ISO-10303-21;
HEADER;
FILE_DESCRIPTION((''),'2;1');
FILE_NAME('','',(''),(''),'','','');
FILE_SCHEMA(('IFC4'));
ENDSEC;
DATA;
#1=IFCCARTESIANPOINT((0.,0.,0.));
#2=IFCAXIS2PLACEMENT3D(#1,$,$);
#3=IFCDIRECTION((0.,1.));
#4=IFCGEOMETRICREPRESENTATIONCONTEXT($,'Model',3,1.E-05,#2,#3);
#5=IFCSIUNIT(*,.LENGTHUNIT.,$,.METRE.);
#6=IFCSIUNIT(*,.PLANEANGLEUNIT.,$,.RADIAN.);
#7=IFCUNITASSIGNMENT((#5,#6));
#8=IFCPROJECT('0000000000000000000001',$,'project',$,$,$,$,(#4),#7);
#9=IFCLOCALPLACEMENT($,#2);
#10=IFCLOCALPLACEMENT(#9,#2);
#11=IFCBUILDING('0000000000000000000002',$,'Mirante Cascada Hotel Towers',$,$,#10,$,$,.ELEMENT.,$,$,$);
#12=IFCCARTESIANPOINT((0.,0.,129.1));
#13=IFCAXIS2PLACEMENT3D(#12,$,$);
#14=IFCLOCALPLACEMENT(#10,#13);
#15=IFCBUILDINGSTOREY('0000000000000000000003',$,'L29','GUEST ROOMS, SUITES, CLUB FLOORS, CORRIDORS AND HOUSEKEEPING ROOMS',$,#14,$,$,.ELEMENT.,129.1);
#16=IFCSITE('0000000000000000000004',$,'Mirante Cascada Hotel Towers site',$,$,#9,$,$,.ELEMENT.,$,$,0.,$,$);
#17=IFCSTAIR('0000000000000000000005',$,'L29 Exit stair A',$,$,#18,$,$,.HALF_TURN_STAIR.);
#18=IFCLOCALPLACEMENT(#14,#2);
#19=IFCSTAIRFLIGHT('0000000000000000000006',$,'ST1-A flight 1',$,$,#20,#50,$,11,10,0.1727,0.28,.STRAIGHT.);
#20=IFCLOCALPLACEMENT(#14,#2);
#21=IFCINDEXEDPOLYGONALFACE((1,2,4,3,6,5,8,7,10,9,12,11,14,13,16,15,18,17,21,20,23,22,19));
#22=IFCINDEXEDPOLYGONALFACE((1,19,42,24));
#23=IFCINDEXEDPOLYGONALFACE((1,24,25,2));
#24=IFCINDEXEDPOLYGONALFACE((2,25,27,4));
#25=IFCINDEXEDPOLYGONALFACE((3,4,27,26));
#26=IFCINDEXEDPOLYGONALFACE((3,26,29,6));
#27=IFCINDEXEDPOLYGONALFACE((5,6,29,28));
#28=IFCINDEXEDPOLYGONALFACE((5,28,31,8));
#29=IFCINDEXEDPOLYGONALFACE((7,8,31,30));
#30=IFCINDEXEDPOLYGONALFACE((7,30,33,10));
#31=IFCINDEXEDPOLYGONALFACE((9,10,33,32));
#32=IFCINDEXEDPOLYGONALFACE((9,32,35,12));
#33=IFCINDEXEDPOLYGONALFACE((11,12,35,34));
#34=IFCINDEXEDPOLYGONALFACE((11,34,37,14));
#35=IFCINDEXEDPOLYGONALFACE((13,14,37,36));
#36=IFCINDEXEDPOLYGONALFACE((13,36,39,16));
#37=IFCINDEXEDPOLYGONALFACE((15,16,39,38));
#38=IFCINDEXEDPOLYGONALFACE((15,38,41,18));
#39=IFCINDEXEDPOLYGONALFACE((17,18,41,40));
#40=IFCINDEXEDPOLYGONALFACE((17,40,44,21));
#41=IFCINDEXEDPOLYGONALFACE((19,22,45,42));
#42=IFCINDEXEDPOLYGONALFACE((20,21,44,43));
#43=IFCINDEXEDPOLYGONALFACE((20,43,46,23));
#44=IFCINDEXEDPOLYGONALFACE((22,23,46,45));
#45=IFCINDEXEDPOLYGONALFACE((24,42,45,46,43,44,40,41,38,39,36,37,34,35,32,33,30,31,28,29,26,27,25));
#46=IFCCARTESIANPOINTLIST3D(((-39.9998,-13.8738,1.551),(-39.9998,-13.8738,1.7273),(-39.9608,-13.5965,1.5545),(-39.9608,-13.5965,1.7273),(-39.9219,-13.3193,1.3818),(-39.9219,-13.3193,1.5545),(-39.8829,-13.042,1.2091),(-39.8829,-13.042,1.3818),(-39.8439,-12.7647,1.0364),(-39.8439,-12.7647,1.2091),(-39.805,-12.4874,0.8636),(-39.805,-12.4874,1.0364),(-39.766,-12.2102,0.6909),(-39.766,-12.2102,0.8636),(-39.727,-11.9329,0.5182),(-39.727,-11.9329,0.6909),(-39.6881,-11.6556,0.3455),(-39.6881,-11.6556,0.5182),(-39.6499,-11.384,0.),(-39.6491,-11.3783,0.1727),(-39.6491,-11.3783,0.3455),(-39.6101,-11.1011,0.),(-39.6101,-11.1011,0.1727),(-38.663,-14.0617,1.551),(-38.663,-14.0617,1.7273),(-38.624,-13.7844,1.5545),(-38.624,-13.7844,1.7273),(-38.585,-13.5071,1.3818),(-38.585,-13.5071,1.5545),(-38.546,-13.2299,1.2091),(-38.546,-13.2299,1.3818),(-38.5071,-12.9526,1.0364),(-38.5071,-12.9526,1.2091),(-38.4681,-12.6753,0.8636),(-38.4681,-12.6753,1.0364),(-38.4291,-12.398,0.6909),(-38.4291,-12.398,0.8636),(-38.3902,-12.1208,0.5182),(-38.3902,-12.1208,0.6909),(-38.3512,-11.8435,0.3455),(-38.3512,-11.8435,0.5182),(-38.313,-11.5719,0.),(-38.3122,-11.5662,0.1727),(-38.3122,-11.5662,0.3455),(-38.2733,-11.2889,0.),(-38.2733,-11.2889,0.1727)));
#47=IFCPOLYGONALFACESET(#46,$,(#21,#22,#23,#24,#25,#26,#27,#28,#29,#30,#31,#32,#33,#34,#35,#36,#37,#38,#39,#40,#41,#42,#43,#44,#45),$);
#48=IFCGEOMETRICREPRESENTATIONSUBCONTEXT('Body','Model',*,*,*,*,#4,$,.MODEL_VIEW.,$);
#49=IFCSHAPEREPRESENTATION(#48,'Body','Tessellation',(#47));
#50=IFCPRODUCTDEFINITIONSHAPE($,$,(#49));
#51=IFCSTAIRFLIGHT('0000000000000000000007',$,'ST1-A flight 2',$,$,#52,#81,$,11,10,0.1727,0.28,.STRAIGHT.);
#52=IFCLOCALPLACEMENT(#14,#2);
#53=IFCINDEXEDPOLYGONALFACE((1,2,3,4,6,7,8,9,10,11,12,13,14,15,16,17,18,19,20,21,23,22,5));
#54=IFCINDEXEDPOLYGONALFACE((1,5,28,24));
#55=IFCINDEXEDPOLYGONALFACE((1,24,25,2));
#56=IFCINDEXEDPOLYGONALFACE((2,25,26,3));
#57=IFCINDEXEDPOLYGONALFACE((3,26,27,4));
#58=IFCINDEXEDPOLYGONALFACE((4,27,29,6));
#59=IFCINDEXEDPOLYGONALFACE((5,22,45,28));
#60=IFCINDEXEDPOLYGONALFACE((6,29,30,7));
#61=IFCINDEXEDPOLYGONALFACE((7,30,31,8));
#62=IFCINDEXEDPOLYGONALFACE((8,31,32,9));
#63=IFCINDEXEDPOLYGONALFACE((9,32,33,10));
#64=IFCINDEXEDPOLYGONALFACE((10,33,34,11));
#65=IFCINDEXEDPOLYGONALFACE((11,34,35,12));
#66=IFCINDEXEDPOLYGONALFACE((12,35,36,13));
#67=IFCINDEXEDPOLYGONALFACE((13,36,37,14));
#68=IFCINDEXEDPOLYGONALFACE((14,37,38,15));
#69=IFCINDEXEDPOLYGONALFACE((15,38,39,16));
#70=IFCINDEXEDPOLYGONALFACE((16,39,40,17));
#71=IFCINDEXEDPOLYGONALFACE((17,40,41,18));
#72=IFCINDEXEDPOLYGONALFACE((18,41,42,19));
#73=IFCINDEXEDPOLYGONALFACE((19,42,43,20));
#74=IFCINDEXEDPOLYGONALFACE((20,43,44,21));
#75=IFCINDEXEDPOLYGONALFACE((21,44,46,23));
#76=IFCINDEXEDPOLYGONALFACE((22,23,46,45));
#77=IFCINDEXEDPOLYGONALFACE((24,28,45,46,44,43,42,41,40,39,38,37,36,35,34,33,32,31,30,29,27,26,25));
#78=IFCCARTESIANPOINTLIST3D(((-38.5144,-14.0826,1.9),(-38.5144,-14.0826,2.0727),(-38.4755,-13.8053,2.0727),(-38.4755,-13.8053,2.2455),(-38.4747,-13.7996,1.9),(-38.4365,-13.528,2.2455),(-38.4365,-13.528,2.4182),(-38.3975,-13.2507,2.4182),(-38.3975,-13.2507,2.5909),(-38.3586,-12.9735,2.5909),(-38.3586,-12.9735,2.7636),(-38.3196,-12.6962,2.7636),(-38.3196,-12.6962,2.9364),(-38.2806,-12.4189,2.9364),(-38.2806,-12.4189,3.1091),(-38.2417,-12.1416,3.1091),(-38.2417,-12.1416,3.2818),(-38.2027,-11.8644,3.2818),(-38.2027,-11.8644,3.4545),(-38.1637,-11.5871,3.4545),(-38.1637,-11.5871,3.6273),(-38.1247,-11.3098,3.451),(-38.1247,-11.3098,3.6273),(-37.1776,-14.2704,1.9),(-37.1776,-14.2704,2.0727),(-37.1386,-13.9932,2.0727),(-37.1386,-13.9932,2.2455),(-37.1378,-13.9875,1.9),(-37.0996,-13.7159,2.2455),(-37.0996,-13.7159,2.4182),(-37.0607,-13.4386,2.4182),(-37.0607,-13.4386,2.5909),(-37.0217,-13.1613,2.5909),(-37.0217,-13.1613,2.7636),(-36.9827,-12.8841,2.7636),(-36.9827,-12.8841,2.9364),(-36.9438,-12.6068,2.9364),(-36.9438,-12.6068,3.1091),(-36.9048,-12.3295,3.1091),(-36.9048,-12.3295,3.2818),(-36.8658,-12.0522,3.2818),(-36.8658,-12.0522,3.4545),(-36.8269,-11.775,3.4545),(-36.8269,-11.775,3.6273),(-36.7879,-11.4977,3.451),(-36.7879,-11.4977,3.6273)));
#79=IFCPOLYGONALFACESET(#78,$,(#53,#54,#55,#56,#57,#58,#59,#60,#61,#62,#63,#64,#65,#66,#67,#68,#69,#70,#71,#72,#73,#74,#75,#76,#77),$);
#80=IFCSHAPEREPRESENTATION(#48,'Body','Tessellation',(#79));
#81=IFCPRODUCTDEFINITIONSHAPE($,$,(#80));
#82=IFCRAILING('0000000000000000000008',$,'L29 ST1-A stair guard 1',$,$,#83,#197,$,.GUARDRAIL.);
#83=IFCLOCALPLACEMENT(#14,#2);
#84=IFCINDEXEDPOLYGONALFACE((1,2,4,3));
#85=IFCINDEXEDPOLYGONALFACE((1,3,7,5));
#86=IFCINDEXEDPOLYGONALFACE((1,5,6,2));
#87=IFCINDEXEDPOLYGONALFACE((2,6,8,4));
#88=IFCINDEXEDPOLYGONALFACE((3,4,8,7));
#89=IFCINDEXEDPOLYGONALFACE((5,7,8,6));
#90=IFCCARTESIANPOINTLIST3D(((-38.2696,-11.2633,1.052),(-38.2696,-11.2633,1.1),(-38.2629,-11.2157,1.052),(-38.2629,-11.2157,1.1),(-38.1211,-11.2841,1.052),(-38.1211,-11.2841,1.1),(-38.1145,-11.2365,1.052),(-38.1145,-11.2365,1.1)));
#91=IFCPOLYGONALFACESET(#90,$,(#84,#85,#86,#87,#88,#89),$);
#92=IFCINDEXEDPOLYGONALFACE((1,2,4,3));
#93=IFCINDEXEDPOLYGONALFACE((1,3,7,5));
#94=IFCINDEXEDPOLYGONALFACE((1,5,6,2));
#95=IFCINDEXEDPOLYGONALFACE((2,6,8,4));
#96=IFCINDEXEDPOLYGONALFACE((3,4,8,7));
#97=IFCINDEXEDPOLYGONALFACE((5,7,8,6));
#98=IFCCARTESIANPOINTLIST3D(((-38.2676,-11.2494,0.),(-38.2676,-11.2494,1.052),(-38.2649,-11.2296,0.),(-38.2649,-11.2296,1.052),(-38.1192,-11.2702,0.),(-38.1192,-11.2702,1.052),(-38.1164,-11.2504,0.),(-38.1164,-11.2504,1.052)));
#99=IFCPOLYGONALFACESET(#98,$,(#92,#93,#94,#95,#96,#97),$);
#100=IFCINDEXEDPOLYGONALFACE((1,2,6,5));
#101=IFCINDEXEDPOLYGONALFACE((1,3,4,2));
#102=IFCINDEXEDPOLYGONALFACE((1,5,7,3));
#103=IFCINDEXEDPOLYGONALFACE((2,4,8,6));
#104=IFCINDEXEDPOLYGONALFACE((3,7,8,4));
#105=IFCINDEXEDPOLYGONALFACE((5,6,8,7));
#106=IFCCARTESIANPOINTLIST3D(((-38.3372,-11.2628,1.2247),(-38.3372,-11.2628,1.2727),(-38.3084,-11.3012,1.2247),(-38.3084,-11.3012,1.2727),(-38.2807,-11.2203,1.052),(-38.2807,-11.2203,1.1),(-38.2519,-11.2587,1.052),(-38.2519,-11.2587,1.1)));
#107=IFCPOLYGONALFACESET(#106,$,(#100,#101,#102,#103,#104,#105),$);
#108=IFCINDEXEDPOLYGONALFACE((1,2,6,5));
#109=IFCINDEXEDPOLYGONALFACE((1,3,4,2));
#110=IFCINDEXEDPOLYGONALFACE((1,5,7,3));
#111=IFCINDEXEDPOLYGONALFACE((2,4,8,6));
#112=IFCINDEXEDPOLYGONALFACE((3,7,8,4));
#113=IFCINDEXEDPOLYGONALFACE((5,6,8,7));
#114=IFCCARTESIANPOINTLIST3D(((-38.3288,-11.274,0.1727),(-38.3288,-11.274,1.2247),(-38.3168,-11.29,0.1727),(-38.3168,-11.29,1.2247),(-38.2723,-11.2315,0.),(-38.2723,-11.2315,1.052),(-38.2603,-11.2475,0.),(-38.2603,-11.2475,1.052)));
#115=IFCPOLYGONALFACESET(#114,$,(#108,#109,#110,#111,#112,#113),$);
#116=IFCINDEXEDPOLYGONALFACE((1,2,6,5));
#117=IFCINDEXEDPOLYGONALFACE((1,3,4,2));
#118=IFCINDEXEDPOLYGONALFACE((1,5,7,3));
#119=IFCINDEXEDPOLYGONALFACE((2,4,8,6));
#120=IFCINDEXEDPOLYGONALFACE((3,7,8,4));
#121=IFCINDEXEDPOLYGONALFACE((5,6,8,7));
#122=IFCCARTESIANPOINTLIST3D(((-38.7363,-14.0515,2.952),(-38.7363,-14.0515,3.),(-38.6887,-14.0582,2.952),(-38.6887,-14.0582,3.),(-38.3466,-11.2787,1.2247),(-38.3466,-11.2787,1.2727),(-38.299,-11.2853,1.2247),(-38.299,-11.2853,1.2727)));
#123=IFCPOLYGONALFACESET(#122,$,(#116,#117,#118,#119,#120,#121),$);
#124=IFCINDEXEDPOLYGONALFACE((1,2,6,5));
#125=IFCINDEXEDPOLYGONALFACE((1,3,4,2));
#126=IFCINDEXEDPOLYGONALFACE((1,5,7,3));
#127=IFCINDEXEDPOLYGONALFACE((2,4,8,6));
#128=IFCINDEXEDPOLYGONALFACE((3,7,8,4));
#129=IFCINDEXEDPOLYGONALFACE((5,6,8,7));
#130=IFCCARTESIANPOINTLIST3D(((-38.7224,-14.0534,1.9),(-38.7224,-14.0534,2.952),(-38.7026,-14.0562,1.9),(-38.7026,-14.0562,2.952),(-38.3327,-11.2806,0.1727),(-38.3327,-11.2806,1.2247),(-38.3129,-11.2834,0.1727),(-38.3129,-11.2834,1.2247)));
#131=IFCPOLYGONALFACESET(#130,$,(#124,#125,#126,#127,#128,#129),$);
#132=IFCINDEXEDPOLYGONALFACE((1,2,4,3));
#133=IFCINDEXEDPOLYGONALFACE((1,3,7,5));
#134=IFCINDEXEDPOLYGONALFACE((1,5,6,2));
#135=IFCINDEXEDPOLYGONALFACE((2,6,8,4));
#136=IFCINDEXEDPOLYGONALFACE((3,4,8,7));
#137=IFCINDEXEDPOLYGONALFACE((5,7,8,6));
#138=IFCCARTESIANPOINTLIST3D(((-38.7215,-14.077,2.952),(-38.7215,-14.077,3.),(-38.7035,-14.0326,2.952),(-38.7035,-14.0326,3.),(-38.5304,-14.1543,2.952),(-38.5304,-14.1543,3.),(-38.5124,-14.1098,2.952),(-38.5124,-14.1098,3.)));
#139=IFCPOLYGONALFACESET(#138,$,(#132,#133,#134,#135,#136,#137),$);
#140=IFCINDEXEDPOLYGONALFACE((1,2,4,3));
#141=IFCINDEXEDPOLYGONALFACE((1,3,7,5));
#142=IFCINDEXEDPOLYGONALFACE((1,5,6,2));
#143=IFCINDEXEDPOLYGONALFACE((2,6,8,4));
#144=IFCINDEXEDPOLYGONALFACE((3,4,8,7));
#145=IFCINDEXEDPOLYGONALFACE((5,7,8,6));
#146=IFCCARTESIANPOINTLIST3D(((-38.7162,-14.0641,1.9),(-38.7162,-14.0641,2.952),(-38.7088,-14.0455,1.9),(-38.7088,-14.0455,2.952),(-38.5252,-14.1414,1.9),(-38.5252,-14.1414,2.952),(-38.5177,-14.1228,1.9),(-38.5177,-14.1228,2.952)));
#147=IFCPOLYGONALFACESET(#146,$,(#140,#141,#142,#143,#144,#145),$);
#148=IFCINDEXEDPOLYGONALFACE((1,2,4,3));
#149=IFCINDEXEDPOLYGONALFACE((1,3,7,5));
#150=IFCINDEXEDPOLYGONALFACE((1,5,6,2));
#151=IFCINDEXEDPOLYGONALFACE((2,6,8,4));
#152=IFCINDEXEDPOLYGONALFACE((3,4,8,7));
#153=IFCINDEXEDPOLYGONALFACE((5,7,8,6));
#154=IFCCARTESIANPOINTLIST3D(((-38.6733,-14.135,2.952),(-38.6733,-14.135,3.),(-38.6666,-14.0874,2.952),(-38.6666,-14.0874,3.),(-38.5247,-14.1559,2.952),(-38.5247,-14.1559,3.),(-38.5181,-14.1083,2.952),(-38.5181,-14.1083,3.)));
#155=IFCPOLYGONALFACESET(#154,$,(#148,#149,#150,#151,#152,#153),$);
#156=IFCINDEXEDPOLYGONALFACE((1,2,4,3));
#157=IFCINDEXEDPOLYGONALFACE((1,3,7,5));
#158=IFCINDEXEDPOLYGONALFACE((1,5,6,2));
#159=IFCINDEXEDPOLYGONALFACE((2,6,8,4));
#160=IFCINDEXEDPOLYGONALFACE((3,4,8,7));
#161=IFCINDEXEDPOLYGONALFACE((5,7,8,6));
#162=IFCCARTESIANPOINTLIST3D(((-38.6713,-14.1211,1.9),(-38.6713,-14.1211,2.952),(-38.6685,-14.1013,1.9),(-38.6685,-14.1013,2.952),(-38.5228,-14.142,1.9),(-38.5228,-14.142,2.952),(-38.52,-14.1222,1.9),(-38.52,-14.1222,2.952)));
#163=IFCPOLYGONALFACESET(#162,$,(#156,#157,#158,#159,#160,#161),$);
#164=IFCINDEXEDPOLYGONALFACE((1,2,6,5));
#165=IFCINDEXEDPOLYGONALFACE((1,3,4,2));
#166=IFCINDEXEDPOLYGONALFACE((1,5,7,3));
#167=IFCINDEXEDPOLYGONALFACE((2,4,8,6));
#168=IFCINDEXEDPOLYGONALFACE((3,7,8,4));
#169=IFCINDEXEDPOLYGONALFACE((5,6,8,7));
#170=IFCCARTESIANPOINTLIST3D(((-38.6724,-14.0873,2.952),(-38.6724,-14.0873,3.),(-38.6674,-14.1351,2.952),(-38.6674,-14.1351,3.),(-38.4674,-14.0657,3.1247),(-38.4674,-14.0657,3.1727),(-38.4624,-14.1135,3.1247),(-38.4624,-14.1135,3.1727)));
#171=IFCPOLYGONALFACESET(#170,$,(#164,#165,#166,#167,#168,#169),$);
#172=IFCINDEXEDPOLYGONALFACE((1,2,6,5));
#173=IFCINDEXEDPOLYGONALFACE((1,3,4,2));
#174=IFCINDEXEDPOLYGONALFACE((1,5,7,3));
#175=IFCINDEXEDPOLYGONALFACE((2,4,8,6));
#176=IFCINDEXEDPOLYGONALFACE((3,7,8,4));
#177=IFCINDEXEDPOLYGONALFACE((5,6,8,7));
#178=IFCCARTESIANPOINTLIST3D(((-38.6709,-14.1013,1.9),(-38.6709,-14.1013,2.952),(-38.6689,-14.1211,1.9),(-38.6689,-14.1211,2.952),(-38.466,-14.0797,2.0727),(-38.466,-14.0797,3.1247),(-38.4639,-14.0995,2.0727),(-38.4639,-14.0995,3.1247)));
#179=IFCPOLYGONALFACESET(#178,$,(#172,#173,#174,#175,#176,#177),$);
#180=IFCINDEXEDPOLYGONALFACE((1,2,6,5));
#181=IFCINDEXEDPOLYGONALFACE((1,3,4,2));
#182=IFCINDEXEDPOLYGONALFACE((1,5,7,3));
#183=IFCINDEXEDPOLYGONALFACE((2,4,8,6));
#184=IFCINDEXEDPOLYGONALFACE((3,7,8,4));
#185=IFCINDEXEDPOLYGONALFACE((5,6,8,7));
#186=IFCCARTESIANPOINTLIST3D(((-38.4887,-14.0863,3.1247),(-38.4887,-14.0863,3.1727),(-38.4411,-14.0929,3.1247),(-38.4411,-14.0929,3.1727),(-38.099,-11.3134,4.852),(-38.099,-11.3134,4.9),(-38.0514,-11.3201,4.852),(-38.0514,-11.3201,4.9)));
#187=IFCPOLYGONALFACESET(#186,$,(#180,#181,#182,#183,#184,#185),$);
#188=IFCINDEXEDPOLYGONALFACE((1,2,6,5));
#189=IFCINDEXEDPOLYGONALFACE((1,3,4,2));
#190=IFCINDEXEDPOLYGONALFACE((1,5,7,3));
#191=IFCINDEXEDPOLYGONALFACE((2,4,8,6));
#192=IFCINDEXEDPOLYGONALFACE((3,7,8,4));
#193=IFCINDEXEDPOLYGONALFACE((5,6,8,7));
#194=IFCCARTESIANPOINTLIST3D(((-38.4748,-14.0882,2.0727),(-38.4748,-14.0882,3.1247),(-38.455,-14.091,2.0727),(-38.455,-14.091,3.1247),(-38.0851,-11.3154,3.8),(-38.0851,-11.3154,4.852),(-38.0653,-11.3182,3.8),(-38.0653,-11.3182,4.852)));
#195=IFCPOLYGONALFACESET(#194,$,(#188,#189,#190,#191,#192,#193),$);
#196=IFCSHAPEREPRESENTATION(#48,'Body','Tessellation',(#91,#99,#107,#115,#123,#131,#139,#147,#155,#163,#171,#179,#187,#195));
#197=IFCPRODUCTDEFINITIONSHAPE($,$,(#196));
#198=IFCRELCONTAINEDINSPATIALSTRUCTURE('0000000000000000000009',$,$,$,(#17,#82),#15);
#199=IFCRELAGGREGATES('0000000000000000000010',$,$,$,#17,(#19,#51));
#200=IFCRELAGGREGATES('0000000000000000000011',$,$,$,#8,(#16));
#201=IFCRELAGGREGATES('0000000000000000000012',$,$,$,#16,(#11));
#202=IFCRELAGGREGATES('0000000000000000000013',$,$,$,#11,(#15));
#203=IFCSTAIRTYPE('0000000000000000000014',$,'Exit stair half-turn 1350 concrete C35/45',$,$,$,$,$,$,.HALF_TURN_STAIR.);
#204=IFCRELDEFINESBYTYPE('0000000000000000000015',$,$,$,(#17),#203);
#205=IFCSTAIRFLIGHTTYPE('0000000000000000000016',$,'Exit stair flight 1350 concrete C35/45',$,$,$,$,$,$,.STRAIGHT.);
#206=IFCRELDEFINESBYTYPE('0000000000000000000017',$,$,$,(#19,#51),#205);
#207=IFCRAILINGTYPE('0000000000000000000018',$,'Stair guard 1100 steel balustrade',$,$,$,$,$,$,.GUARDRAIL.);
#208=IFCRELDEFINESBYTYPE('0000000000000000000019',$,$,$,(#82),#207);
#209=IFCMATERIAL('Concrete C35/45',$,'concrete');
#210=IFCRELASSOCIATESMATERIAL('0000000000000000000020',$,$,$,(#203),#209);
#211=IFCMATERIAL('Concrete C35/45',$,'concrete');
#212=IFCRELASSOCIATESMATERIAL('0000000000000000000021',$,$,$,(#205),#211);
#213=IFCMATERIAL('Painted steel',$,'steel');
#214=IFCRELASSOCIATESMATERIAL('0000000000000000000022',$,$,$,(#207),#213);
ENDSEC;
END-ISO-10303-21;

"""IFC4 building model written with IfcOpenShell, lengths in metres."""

from ifc_helpers import new_model, si_unit, direction, frame, origin, origin_2d, place, context, subcontext, project, spatial, polyline, rectangle, outline, extrude, material, type_object, element, aggregate, save


model = new_model("IFC4")

# Units and contexts
model_context = context("Model", 3, precision=1e-05, world=origin(), true_north=direction((0.0, 1.0)))
body_context = subcontext(model_context, "Body", "Model", "MODEL_VIEW")
ifc_project = project(units=[si_unit("LENGTHUNIT", "METRE"), si_unit("PLANEANGLEUNIT", "RADIAN")], contexts=[model_context])

# Site, building, storey
site_placement = place(None, origin())
site = spatial("IfcSite", under=ifc_project, at=site_placement, Name="Mirante Cascada Hotel Towers site", CompositionType="ELEMENT", RefElevation=0.0)
building_placement = place(site_placement, origin())
building = spatial("IfcBuilding", under=site, at=building_placement, Name="Mirante Cascada Hotel Towers", CompositionType="ELEMENT")
storey_placement = place(building_placement, frame((0.0, 0.0, 129.1)))
storey = spatial("IfcBuildingStorey", under=building, at=storey_placement, Name="L29", Description="GUEST ROOMS, SUITES, CLUB FLOORS, CORRIDORS AND HOUSEKEEPING ROOMS", CompositionType="ELEMENT", Elevation=129.1)

# Stair, stair flights
ifc_material_1 = material(Name="Concrete C35/45", Category="concrete")
stair_type = type_object("IfcStairType", Name="Exit stair half-turn 1350 concrete C35/45", PredefinedType="HALF_TURN_STAIR", material=ifc_material_1)
stair_placement = place(storey_placement, origin())
stair = element("IfcStair", 1, at=stair_placement, inside=storey, type_object=stair_type, Name="L29 Exit stair A", PredefinedType="HALF_TURN_STAIR")
ifc_material_2 = material(Name="Concrete C35/45", Category="concrete")
stair_flight_type = type_object("IfcStairFlightType", Name="Exit stair flight 1350 concrete C35/45", PredefinedType="STRAIGHT", material=ifc_material_2)
stair_flight_1_placement = place(storey_placement, frame((-38.9417, -11.195, 0.0), z_axis=(0.0, 0.0, 1.0), x_axis=(-0.139173, -0.990268, 0.0)))
stair_flight_1 = element("IfcStairFlight", 2, at=stair_flight_1_placement, type_object=stair_flight_type, Name="ST1-A flight 1", NumberOfRisers=11, NumberOfTreads=10, PredefinedType="STRAIGHT", RiserHeight=0.1727, TreadLength=0.28, context=body_context, shape_type="SweptSolid", body=[
    extrude(outline(polyline([(0.0, 0.0), (0.0, 0.1727), (0.28, 0.1727), (0.28, 0.3455), (0.56, 0.3455), (0.56, 0.5182), (0.84, 0.5182), (0.84, 0.6909), (1.12, 0.6909), (1.12, 0.8636), (1.4, 0.8636), (1.4, 1.0364), (1.68, 1.0364), (1.68, 1.2091), (1.96, 1.2091), (1.96, 1.3818), (2.24, 1.3818), (2.24, 1.5545), (2.52, 1.5545), (2.52, 1.7273), (2.8, 1.7273), (2.8, 1.9), (2.8, 1.551), (0.2857, 0.0), (0.0, 0.0)])), frame((0.0, 0.675, 0.0), z_axis=(0.0, -1.0, 0.0), x_axis=(1.0, 0.0, 0.0)), (0.0, 0.0, 1.0), 1.35),
])
stair_flight_2_placement = place(storey_placement, frame((-37.846, -14.1765, 1.9), z_axis=(0.0, 0.0, 1.0), x_axis=(0.139173, 0.990268, 0.0)))
stair_flight_2 = element("IfcStairFlight", 3, at=stair_flight_2_placement, type_object=stair_flight_type, Name="ST1-A flight 2", NumberOfRisers=11, NumberOfTreads=10, PredefinedType="STRAIGHT", RiserHeight=0.1727, TreadLength=0.28, context=body_context, shape_type="SweptSolid", body=[
    extrude(outline(polyline([(0.0, 0.0), (0.0, 0.1727), (0.28, 0.1727), (0.28, 0.3455), (0.56, 0.3455), (0.56, 0.5182), (0.84, 0.5182), (0.84, 0.6909), (1.12, 0.6909), (1.12, 0.8636), (1.4, 0.8636), (1.4, 1.0364), (1.68, 1.0364), (1.68, 1.2091), (1.96, 1.2091), (1.96, 1.3818), (2.24, 1.3818), (2.24, 1.5545), (2.52, 1.5545), (2.52, 1.7273), (2.8, 1.7273), (2.8, 1.9), (2.8, 1.551), (0.2857, 0.0), (0.0, 0.0)])), frame((0.0, 0.675, 0.0), z_axis=(0.0, -1.0, 0.0), x_axis=(1.0, 0.0, 0.0)), (0.0, 0.0, 1.0), 1.35),
])
aggregate(stair, [stair_flight_1, stair_flight_2])

# Railing
ifc_material_3 = material(Name="Painted steel", Category="steel")
railing_type_1 = type_object("IfcRailingType", Name="Stair guard 1100 steel balustrade", PredefinedType="GUARDRAIL", material=ifc_material_3)
railing_1_placement = place(storey_placement, frame((-38.1178, -11.2603, 0.0)))
element("IfcRailing", 4, at=railing_1_placement, inside=storey, type_object=railing_type_1, Name="L29 ST1-A stair guard 1", PredefinedType="GUARDRAIL", context=body_context, shape_type="SweptSolid", body=[
    extrude(rectangle(XDim=0.048, YDim=0.048, at=origin_2d()), frame((0.0, 0.0, 1.076), z_axis=(-0.990333, 0.138713, 0.0), x_axis=(-0.138713, -0.990333, 0.0)), (0.0, 0.0, 1.0), 0.1499),
    extrude(rectangle(XDim=0.02, YDim=1.052, at=origin_2d()), frame((0.0, 0.0, 0.526), z_axis=(-0.990333, 0.138713, 0.0), x_axis=(-0.138713, -0.990333, 0.0)), (0.0, 0.0, 1.0), 0.1499),
    extrude(rectangle(XDim=0.048, YDim=0.048, at=origin_2d()), frame((-0.1485, 0.0208, 1.076), z_axis=(-0.79915, -0.601131, 0.0), x_axis=(0.601131, -0.79915, 0.0)), (0.0, 0.925453, 0.378863), 0.1866),
    extrude(rectangle(XDim=0.02, YDim=1.052, at=origin_2d()), frame((-0.1485, 0.0208, 0.526), z_axis=(-0.79915, -0.601131, 0.0), x_axis=(0.601131, -0.79915, 0.0)), (0.0, 0.925453, 0.378863), 0.1866),
    extrude(rectangle(XDim=0.048, YDim=0.048, at=origin_2d()), frame((-0.205, -0.0217, 1.2487), z_axis=(-0.139176, -0.990268, 0.0), x_axis=(0.990268, -0.139176, 0.0)), (0.0, 0.525021, 0.851089), 3.29),
    extrude(rectangle(XDim=0.02, YDim=1.052, at=origin_2d()), frame((-0.205, -0.0217, 0.6987), z_axis=(-0.139176, -0.990268, 0.0), x_axis=(0.990268, -0.139176, 0.0)), (0.0, 0.525021, 0.851089), 3.29),
    extrude(rectangle(XDim=0.048, YDim=0.048, at=origin_2d()), frame((-0.5947, -2.7945, 2.976), z_axis=(0.927031, -0.374984, 0.0), x_axis=(0.374984, 0.927031, 0.0)), (0.0, 0.0, 1.0), 0.2061),
    extrude(rectangle(XDim=0.02, YDim=1.052, at=origin_2d()), frame((-0.5947, -2.7945, 2.426), z_axis=(0.927031, -0.374984, 0.0), x_axis=(0.374984, 0.927031, 0.0)), (0.0, 0.0, 1.0), 0.2061),
    extrude(rectangle(XDim=0.048, YDim=0.048, at=origin_2d()), frame((-0.4036, -2.8718, 2.976), z_axis=(-0.990241, 0.139367, 0.0), x_axis=(-0.139367, -0.990241, 0.0)), (0.0, 0.0, 1.0), 0.15),
    extrude(rectangle(XDim=0.02, YDim=1.052, at=origin_2d()), frame((-0.4036, -2.8718, 2.426), z_axis=(-0.990241, 0.139367, 0.0), x_axis=(-0.139367, -0.990241, 0.0)), (0.0, 0.0, 1.0), 0.15),
    extrude(rectangle(XDim=0.048, YDim=0.048, at=origin_2d()), frame((-0.5521, -2.8509, 2.976), z_axis=(0.994495, 0.104786, 0.0), x_axis=(-0.104786, 0.994495, 0.0)), (0.0, 0.642203, 0.766534), 0.2689),
    extrude(rectangle(XDim=0.02, YDim=1.052, at=origin_2d()), frame((-0.5521, -2.8509, 2.426), z_axis=(0.994495, 0.104786, 0.0), x_axis=(-0.104786, 0.994495, 0.0)), (0.0, 0.642203, 0.766534), 0.2689),
    extrude(rectangle(XDim=0.048, YDim=0.048, at=origin_2d()), frame((-0.3471, -2.8293, 3.1487), z_axis=(0.139176, 0.990268, 0.0), x_axis=(-0.990268, 0.139176, 0.0)), (0.0, 0.525021, 0.851089), 3.29),
    extrude(rectangle(XDim=0.02, YDim=1.052, at=origin_2d()), frame((-0.3471, -2.8293, 2.5987), z_axis=(0.139176, 0.990268, 0.0), x_axis=(-0.990268, 0.139176, 0.0)), (0.0, 0.525021, 0.851089), 3.29),
])

save(model, "model.ifc")
